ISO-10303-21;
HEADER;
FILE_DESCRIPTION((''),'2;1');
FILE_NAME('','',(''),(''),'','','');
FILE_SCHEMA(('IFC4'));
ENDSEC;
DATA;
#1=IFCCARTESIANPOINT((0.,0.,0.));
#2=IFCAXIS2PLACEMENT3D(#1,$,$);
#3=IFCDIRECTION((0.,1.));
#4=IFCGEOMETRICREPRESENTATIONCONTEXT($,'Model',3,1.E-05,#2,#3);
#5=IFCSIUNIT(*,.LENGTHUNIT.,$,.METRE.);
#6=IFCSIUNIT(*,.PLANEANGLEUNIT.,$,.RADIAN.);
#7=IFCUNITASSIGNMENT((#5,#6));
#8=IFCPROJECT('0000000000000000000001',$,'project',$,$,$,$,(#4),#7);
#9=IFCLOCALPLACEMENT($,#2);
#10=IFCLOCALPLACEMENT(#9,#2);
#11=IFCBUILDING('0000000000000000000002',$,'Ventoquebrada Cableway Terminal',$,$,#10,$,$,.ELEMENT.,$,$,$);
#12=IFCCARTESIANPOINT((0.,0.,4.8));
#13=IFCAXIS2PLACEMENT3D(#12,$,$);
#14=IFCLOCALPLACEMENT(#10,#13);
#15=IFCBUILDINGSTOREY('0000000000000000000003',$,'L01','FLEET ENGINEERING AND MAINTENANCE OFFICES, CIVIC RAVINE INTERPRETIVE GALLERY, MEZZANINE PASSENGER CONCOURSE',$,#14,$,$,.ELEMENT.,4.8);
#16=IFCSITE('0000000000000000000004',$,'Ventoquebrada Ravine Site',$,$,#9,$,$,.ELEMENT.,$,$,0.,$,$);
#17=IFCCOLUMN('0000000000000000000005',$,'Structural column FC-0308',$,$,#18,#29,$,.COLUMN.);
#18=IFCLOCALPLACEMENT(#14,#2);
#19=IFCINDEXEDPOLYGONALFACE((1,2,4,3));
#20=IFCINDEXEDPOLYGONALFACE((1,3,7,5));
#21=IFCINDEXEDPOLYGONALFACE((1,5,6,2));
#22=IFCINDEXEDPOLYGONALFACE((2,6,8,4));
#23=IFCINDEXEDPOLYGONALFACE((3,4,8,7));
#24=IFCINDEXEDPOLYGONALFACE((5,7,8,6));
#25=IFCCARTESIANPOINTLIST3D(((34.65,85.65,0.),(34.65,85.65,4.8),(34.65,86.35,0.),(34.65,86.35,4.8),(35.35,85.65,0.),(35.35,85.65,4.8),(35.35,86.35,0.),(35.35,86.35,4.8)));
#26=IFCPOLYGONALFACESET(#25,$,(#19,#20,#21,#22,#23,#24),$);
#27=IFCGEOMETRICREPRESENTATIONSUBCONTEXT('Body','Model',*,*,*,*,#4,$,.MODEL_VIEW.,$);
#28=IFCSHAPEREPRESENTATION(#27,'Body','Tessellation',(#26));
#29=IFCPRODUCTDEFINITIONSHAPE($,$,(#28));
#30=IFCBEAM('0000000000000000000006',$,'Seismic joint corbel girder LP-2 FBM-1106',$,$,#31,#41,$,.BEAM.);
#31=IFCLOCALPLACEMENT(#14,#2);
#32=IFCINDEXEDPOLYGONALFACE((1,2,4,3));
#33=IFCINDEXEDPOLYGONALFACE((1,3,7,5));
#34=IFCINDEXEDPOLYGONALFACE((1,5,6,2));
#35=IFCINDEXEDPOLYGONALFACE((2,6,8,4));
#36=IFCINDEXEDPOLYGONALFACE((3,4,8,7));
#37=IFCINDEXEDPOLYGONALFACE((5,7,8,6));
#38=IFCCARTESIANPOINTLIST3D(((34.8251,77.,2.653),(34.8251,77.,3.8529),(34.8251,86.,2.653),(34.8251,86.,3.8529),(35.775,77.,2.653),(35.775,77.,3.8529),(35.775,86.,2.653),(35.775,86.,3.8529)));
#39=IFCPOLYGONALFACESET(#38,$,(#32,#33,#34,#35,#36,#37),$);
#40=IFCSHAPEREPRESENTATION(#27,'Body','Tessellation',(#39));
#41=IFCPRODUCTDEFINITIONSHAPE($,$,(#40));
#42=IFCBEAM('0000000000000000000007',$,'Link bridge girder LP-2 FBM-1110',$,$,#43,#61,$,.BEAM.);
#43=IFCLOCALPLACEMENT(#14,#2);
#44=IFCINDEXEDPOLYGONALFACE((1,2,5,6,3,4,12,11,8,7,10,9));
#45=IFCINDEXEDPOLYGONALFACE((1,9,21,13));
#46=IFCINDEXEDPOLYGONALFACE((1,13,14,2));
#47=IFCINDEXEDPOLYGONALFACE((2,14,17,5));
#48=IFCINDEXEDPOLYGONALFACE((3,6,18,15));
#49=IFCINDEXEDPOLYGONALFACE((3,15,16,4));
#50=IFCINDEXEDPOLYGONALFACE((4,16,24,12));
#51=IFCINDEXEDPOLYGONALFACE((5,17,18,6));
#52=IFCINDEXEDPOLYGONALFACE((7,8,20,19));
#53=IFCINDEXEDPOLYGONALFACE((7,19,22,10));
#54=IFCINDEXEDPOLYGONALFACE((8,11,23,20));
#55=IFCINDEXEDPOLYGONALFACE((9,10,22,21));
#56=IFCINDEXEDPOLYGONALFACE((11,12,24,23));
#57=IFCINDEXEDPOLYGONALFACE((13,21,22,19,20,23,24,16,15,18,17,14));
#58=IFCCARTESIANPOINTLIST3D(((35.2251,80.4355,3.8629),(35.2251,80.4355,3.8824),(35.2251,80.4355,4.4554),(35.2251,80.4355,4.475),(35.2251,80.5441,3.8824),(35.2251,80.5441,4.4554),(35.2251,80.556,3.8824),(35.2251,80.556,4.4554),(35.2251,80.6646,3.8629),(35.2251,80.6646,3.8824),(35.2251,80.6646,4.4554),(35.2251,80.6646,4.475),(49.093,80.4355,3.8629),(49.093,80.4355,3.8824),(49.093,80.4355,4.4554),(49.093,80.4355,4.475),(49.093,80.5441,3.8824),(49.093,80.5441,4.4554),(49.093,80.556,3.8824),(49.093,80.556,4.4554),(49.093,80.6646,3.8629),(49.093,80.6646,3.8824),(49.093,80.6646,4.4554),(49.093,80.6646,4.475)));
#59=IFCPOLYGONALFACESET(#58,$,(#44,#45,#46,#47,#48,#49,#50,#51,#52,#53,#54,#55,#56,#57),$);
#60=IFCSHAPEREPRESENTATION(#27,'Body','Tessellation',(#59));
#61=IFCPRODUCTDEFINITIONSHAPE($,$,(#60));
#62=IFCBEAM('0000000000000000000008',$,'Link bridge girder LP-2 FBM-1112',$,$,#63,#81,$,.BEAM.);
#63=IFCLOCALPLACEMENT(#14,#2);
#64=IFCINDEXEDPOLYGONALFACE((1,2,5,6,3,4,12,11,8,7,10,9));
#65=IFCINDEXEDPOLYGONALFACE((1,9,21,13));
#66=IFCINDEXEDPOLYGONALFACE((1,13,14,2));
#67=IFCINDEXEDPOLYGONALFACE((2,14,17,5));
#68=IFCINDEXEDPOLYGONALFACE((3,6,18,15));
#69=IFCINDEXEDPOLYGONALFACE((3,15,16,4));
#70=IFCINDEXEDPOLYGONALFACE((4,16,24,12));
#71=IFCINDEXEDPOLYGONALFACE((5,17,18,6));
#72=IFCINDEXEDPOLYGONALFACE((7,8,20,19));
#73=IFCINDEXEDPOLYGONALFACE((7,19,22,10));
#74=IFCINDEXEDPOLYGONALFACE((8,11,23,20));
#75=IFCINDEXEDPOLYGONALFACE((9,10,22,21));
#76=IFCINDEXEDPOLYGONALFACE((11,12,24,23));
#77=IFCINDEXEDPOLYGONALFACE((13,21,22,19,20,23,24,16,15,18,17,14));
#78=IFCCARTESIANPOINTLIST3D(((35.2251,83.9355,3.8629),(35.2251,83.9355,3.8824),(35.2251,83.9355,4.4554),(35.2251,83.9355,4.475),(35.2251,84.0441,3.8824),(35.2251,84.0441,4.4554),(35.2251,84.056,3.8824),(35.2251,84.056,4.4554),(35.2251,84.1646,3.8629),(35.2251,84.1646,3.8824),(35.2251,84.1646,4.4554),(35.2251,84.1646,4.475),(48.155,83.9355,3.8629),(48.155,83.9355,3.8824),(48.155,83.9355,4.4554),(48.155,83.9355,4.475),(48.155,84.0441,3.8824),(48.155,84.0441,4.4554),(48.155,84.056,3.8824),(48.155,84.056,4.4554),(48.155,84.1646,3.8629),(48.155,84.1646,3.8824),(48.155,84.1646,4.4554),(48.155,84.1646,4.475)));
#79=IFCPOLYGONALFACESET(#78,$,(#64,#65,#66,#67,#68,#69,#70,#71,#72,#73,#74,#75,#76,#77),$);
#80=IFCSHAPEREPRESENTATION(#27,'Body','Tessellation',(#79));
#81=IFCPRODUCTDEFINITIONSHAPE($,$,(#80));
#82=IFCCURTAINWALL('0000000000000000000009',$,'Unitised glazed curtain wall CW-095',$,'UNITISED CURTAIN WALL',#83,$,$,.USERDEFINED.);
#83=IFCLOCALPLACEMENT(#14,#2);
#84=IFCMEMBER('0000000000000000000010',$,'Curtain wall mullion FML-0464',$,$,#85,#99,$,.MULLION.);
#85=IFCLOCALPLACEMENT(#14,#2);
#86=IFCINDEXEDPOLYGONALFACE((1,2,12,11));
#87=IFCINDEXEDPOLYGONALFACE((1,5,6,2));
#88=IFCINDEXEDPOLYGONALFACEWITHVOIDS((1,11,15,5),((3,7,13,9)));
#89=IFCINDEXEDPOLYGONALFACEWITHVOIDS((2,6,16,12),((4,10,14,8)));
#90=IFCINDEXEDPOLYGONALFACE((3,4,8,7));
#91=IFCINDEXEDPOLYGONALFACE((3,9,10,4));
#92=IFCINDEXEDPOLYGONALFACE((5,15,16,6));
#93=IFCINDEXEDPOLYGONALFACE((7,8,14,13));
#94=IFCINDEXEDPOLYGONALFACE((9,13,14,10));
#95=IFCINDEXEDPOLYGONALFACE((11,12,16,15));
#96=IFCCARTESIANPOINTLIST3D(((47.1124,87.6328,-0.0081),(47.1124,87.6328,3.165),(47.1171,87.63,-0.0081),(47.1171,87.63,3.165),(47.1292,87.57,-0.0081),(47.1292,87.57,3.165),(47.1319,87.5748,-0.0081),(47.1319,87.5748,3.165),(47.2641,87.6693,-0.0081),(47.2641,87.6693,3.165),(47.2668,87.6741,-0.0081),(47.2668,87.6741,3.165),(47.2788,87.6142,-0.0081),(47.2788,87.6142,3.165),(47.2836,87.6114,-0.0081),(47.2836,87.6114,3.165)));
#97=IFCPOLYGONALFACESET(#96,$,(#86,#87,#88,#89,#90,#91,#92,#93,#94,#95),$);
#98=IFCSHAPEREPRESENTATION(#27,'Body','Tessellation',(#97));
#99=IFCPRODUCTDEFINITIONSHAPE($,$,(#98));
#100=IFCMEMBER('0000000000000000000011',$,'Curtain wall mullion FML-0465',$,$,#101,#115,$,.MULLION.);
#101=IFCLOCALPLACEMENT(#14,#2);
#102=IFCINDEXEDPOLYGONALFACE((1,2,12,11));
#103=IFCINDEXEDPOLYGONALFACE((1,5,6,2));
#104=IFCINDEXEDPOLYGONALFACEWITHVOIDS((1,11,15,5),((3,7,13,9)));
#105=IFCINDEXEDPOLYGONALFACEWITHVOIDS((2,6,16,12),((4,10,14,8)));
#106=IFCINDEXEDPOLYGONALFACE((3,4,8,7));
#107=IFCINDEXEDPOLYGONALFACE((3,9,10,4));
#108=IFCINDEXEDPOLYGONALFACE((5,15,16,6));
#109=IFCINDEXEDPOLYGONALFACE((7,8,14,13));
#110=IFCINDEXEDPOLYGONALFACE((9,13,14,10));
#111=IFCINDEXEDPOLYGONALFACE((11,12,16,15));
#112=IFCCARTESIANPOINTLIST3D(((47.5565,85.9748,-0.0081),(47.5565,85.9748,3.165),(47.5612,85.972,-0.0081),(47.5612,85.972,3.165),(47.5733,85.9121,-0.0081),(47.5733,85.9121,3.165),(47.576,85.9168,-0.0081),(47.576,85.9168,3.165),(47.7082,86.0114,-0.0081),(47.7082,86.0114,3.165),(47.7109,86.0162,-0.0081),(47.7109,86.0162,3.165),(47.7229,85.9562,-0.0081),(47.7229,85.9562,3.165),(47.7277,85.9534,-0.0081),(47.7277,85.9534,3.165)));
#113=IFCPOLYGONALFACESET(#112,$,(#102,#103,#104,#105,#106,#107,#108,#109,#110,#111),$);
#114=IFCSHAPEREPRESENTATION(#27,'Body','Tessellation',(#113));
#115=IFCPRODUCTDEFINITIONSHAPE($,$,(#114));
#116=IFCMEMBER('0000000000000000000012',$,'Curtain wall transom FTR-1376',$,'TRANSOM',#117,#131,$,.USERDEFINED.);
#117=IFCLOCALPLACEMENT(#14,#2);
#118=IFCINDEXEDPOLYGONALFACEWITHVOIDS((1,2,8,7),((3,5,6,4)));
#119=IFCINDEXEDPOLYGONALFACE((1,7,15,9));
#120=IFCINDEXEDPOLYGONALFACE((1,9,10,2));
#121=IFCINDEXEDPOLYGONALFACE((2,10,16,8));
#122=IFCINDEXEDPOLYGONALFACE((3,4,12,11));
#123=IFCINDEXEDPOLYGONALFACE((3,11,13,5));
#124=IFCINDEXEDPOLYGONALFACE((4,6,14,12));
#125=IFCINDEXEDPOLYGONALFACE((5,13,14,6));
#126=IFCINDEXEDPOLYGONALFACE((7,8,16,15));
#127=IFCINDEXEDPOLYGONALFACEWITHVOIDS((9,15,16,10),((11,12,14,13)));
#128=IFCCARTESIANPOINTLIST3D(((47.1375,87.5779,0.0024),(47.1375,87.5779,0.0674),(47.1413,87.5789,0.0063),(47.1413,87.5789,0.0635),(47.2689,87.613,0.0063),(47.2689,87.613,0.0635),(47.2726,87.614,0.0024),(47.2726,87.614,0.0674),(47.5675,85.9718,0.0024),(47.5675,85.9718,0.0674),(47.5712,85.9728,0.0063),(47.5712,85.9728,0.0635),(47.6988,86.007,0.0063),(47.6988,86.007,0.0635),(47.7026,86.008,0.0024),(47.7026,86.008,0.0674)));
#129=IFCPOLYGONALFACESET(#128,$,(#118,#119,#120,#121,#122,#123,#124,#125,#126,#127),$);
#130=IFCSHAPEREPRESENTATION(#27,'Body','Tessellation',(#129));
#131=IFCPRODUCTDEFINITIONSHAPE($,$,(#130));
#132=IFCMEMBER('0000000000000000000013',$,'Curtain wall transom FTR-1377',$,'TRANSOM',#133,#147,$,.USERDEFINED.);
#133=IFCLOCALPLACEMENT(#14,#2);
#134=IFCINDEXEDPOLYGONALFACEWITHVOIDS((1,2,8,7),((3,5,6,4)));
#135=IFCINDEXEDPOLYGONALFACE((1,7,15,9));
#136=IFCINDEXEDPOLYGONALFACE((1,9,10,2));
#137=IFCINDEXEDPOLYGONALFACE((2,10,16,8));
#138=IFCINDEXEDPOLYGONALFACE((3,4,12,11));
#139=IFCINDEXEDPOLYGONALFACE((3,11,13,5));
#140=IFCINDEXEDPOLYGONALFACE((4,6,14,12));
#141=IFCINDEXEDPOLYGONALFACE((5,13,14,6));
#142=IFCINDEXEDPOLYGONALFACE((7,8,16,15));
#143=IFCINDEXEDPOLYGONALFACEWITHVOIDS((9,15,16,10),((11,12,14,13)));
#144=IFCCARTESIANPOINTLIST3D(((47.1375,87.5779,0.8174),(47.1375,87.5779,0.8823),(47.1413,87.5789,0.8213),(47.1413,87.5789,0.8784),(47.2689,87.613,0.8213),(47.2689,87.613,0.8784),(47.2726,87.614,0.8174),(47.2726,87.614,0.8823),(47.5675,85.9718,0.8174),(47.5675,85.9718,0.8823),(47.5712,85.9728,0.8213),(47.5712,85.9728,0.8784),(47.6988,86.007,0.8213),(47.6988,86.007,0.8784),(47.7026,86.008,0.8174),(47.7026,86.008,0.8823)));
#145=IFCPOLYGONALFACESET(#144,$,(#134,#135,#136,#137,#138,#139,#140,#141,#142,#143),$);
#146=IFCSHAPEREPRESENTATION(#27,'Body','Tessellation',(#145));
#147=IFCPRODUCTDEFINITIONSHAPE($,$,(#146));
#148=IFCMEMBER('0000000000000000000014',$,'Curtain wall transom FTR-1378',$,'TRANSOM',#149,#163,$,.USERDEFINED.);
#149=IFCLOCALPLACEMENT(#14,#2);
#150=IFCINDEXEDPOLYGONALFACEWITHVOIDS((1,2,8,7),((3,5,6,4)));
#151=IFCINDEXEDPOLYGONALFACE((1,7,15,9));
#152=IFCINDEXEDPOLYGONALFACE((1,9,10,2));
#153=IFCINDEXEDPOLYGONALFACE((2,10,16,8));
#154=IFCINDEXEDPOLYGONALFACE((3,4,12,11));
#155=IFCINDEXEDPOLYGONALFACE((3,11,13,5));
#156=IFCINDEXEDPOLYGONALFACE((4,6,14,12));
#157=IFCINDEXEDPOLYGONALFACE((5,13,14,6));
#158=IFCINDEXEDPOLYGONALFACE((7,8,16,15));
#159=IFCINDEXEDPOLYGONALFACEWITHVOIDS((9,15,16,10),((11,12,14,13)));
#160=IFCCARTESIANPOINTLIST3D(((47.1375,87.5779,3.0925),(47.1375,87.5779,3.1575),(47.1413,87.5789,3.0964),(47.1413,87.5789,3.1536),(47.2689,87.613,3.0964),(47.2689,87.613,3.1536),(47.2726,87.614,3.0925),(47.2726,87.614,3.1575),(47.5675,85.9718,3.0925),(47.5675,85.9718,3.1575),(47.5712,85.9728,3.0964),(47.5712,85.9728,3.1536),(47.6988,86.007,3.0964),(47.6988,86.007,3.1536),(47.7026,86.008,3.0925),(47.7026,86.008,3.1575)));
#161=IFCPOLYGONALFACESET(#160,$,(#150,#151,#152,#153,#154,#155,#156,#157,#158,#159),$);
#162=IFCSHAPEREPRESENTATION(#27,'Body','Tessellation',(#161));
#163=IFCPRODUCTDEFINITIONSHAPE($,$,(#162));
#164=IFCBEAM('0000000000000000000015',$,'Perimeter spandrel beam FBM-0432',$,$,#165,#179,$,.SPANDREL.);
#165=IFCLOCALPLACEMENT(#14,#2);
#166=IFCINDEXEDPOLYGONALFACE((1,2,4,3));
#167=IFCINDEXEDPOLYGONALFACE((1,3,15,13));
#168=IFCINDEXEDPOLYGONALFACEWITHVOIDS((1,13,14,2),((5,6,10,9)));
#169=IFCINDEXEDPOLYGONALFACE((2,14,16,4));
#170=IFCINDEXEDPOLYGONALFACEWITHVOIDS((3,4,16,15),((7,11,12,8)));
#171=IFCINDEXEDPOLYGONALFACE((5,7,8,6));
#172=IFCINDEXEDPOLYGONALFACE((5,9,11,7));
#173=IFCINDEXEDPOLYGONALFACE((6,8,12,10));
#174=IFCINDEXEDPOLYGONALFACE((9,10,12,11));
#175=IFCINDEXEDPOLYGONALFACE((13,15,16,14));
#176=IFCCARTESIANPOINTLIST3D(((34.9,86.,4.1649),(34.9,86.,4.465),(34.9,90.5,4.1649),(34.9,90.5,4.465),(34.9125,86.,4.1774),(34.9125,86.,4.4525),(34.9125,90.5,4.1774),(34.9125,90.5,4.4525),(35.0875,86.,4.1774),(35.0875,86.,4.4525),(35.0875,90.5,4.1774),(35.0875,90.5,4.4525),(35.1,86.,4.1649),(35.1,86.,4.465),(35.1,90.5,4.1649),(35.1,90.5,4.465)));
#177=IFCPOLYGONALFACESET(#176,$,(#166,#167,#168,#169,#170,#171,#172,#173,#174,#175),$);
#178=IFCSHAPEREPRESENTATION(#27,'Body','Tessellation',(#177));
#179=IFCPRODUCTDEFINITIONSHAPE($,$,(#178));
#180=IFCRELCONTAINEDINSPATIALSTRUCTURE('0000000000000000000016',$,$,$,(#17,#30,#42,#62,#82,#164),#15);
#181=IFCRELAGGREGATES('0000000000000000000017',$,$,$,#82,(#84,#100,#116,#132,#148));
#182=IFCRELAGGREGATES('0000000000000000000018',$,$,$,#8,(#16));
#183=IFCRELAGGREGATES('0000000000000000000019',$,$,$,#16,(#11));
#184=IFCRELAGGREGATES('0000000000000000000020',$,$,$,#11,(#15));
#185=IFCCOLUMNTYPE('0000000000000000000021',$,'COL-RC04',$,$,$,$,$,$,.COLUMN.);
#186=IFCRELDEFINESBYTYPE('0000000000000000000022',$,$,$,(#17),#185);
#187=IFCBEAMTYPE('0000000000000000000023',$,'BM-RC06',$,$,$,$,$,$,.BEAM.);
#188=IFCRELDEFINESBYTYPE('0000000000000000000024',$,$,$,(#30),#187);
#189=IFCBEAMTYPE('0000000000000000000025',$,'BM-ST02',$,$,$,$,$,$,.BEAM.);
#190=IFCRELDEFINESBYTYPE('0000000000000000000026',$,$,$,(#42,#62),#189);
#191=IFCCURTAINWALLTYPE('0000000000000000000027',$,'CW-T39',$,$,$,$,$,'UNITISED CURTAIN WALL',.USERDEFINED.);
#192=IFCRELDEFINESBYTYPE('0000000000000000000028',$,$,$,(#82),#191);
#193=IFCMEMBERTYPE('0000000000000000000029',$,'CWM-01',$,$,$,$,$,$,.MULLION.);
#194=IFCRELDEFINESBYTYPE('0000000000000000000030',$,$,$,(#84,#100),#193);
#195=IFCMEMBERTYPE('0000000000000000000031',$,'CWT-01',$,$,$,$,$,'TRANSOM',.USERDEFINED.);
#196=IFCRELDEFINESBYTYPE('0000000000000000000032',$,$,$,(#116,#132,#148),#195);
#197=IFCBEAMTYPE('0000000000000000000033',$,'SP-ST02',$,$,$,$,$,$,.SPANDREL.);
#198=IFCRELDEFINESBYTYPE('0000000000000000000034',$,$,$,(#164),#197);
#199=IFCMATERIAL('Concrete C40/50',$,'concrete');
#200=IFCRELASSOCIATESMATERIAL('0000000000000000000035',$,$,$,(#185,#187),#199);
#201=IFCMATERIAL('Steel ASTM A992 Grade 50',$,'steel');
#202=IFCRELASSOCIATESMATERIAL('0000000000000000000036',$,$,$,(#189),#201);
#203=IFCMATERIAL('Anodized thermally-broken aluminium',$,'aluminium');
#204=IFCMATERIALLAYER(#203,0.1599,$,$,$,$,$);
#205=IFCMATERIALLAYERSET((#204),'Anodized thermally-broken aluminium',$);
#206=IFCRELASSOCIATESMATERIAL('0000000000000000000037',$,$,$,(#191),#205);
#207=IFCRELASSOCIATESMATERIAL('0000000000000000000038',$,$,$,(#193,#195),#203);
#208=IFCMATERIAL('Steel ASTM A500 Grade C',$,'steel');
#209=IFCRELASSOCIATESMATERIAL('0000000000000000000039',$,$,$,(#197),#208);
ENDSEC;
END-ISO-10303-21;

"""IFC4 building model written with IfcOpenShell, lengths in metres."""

from ifc_helpers import new_model, si_unit, direction, frame, origin, origin_2d, place, context, subcontext, project, spatial, rectangle, hollow_rectangle, i_section, extrude, material, layer, layer_set, material_profile, profile_set, type_object, element, aggregate, save


model = new_model("IFC4")

# Units and contexts
model_context = context("Model", 3, precision=1e-05, world=origin(), true_north=direction((0.0, 1.0)))
body_context = subcontext(model_context, "Body", "Model", "MODEL_VIEW")
ifc_project = project(units=[si_unit("LENGTHUNIT", "METRE"), si_unit("PLANEANGLEUNIT", "RADIAN")], contexts=[model_context])

# Site, building, storey
site_placement = place(None, origin())
site = spatial("IfcSite", under=ifc_project, at=site_placement, Name="Ventoquebrada Ravine Site", CompositionType="ELEMENT", RefElevation=0.0)
building_placement = place(site_placement, origin())
building = spatial("IfcBuilding", under=site, at=building_placement, Name="Ventoquebrada Cableway Terminal", CompositionType="ELEMENT")
storey_placement = place(building_placement, frame((0.0, 0.0, 4.8)))
storey = spatial("IfcBuildingStorey", under=building, at=storey_placement, Name="L01", Description="FLEET ENGINEERING AND MAINTENANCE OFFICES, CIVIC RAVINE INTERPRETIVE GALLERY, MEZZANINE PASSENGER CONCOURSE", CompositionType="ELEMENT", Elevation=4.8)

# Column
ifc_material_1 = material(Name="Concrete C40/50", Category="concrete")
ifc_material_profile_1 = material_profile(ifc_material_1, rectangle(XDim=0.7, YDim=0.7, at=origin_2d()), Name="RC-COL-700X700")
ifc_profile_set_1 = profile_set([ifc_material_profile_1], Name="Concrete C40/50")
column_type = type_object("IfcColumnType", Name="COL-RC04", PredefinedType="COLUMN", material=ifc_profile_set_1)
column_placement = place(storey_placement, frame((35.0, 86.0, 0.0), z_axis=(0.0, 0.0, 1.0), x_axis=(1.0, 0.0, 0.0)))
element("IfcColumn", 1, at=column_placement, inside=storey, type_object=column_type, Name="Structural column FC-0308", PredefinedType="COLUMN", context=body_context, shape_type="SweptSolid", body=[
    extrude(rectangle(XDim=0.7, YDim=0.7, at=origin_2d()), origin(), (0.0, 0.0, 1.0), 4.8),
])

# Beams
ifc_material_profile_2 = material_profile(ifc_material_1, rectangle(XDim=0.95, YDim=1.2, at=origin_2d()), Name="RC-BM-950X1200")
ifc_profile_set_2 = profile_set([ifc_material_profile_2], Name="Concrete C40/50")
beam_type_1 = type_object("IfcBeamType", Name="BM-RC06", PredefinedType="BEAM", material=ifc_profile_set_2)
beam_1_placement = place(storey_placement, frame((35.3, 77.0, 3.2529), z_axis=(0.0, 1.0, 0.0), x_axis=(-1.0, 0.0, 0.0)))
element("IfcBeam", 2, at=beam_1_placement, inside=storey, type_object=beam_type_1, Name="Seismic joint corbel girder LP-2 FBM-1106", PredefinedType="BEAM", context=body_context, shape_type="SweptSolid", body=[
    extrude(rectangle(XDim=0.95, YDim=1.2, at=origin_2d()), origin(), (0.0, 0.0, 1.0), 9.0),
])
ifc_material_2 = material(Name="Steel ASTM A992 Grade 50", Category="steel")
ifc_material_profile_3 = material_profile(ifc_material_2, i_section(OverallWidth=0.229, OverallDepth=0.6121, WebThickness=0.012, FlangeThickness=0.0195, at=origin_2d()), Name="W24X84")
ifc_profile_set_3 = profile_set([ifc_material_profile_3], Name="Steel ASTM A992 Grade 50")
beam_type_2 = type_object("IfcBeamType", Name="BM-ST02", PredefinedType="BEAM", material=ifc_profile_set_3)
beam_2_placement = place(storey_placement, frame((35.2251, 80.55, 4.1689), z_axis=(1.0, 0.0, 0.0), x_axis=(0.0, 1.0, 0.0)))
element("IfcBeam", 3, at=beam_2_placement, inside=storey, type_object=beam_type_2, Name="Link bridge girder LP-2 FBM-1110", PredefinedType="BEAM", context=body_context, shape_type="SweptSolid", body=[
    extrude(i_section(OverallWidth=0.229, OverallDepth=0.6121, WebThickness=0.012, FlangeThickness=0.0195, at=origin_2d()), origin(), (0.0, 0.0, 1.0), 13.8679),
])
beam_3_placement = place(storey_placement, frame((35.2251, 84.05, 4.1689), z_axis=(1.0, 0.0, 0.0), x_axis=(0.0, 1.0, 0.0)))
element("IfcBeam", 4, at=beam_3_placement, inside=storey, type_object=beam_type_2, Name="Link bridge girder LP-2 FBM-1112", PredefinedType="BEAM", context=body_context, shape_type="SweptSolid", body=[
    extrude(i_section(OverallWidth=0.229, OverallDepth=0.6121, WebThickness=0.012, FlangeThickness=0.0195, at=origin_2d()), origin(), (0.0, 0.0, 1.0), 12.9299),
])

# Curtain wall, members
ifc_material_3 = material(Name="Anodized thermally-broken aluminium", Category="aluminium")
ifc_layer_1 = layer(ifc_material_3, 0.1599)
ifc_layer_set_1 = layer_set([ifc_layer_1], Name="Anodized thermally-broken aluminium")
curtain_wall_type = type_object("IfcCurtainWallType", Name="CW-T39", ElementType="UNITISED CURTAIN WALL", PredefinedType="USERDEFINED", material=ifc_layer_set_1)
curtain_wall_placement = place(storey_placement, origin())
curtain_wall = element("IfcCurtainWall", 5, at=curtain_wall_placement, inside=storey, type_object=curtain_wall_type, Name="Unitised glazed curtain wall CW-095", ObjectType="UNITISED CURTAIN WALL", PredefinedType="USERDEFINED")
ifc_material_profile_4 = material_profile(ifc_material_3, hollow_rectangle(XDim=0.0649, YDim=0.1599, WallThickness=0.0039, at=origin_2d()), Name="CW-MUL-65X160")
ifc_profile_set_4 = profile_set([ifc_material_profile_4], Name="Anodized thermally-broken aluminium")
member_type_1 = type_object("IfcMemberType", Name="CWM-01", PredefinedType="MULLION", material=ifc_profile_set_4)
member_1_placement = place(storey_placement, frame((47.198, 87.6221, -0.0081), z_axis=(0.0, 0.0, 1.0), x_axis=(0.258701, -0.965957, 0.0)))
member_1 = element("IfcMember", 6, at=member_1_placement, type_object=member_type_1, Name="Curtain wall mullion FML-0464", PredefinedType="MULLION", context=body_context, shape_type="SweptSolid", body=[
    extrude(hollow_rectangle(XDim=0.0649, YDim=0.1599, WallThickness=0.0039, at=origin_2d()), origin(), (0.0, 0.0, 1.0), 3.1731),
])
member_2_placement = place(storey_placement, frame((47.6421, 85.9641, -0.0081), z_axis=(0.0, 0.0, 1.0), x_axis=(0.258701, -0.965957, 0.0)))
member_2 = element("IfcMember", 7, at=member_2_placement, type_object=member_type_1, Name="Curtain wall mullion FML-0465", PredefinedType="MULLION", context=body_context, shape_type="SweptSolid", body=[
    extrude(hollow_rectangle(XDim=0.0649, YDim=0.1599, WallThickness=0.0039, at=origin_2d()), origin(), (0.0, 0.0, 1.0), 3.1731),
])
ifc_material_profile_5 = material_profile(ifc_material_3, hollow_rectangle(XDim=0.0649, YDim=0.1399, WallThickness=0.0039, at=origin_2d()), Name="CW-TRN-65X140")
ifc_profile_set_5 = profile_set([ifc_material_profile_5], Name="Anodized thermally-broken aluminium")
member_type_2 = type_object("IfcMemberType", Name="CWT-01", ElementType="TRANSOM", PredefinedType="USERDEFINED", material=ifc_profile_set_5)
member_3_placement = place(storey_placement, frame((47.2051, 87.5959, 0.0349), z_axis=(0.258604, -0.965983, 0.0), x_axis=(0.0, 0.0, 1.0)))
member_3 = element("IfcMember", 8, at=member_3_placement, type_object=member_type_2, Name="Curtain wall transom FTR-1376", ObjectType="TRANSOM", PredefinedType="USERDEFINED", context=body_context, shape_type="SweptSolid", body=[
    extrude(hollow_rectangle(XDim=0.0649, YDim=0.1399, WallThickness=0.0039, at=origin_2d()), origin(), (0.0, 0.0, 1.0), 1.6626),
])
member_4_placement = place(storey_placement, frame((47.2051, 87.5959, 0.8499), z_axis=(0.258604, -0.965983, 0.0), x_axis=(0.0, 0.0, 1.0)))
member_4 = element("IfcMember", 9, at=member_4_placement, type_object=member_type_2, Name="Curtain wall transom FTR-1377", ObjectType="TRANSOM", PredefinedType="USERDEFINED", context=body_context, shape_type="SweptSolid", body=[
    extrude(hollow_rectangle(XDim=0.0649, YDim=0.1399, WallThickness=0.0039, at=origin_2d()), origin(), (0.0, 0.0, 1.0), 1.6626),
])
member_5_placement = place(storey_placement, frame((47.2051, 87.5959, 3.125), z_axis=(0.258604, -0.965983, 0.0), x_axis=(0.0, 0.0, 1.0)))
member_5 = element("IfcMember", 10, at=member_5_placement, type_object=member_type_2, Name="Curtain wall transom FTR-1378", ObjectType="TRANSOM", PredefinedType="USERDEFINED", context=body_context, shape_type="SweptSolid", body=[
    extrude(hollow_rectangle(XDim=0.0649, YDim=0.1399, WallThickness=0.0039, at=origin_2d()), origin(), (0.0, 0.0, 1.0), 1.6626),
])

# Beam
ifc_material_4 = material(Name="Steel ASTM A500 Grade C", Category="steel")
ifc_material_profile_6 = material_profile(ifc_material_4, hollow_rectangle(XDim=0.2, YDim=0.3, WallThickness=0.0125, at=origin_2d()), Name="RHS300X200X12.5")
ifc_profile_set_6 = profile_set([ifc_material_profile_6], Name="Steel ASTM A500 Grade C")
beam_type_3 = type_object("IfcBeamType", Name="SP-ST02", PredefinedType="SPANDREL", material=ifc_profile_set_6)
beam_4_placement = place(storey_placement, frame((35.0, 86.0, 4.3149), z_axis=(0.0, 1.0, 0.0), x_axis=(-1.0, 0.0, 0.0)))
element("IfcBeam", 11, at=beam_4_placement, inside=storey, type_object=beam_type_3, Name="Perimeter spandrel beam FBM-0432", PredefinedType="SPANDREL", context=body_context, shape_type="SweptSolid", body=[
    extrude(hollow_rectangle(XDim=0.2, YDim=0.3, WallThickness=0.0125, at=origin_2d()), origin(), (0.0, 0.0, 1.0), 4.5),
])

aggregate(curtain_wall, [member_1, member_2, member_3, member_4, member_5])

save(model, "model.ifc")
